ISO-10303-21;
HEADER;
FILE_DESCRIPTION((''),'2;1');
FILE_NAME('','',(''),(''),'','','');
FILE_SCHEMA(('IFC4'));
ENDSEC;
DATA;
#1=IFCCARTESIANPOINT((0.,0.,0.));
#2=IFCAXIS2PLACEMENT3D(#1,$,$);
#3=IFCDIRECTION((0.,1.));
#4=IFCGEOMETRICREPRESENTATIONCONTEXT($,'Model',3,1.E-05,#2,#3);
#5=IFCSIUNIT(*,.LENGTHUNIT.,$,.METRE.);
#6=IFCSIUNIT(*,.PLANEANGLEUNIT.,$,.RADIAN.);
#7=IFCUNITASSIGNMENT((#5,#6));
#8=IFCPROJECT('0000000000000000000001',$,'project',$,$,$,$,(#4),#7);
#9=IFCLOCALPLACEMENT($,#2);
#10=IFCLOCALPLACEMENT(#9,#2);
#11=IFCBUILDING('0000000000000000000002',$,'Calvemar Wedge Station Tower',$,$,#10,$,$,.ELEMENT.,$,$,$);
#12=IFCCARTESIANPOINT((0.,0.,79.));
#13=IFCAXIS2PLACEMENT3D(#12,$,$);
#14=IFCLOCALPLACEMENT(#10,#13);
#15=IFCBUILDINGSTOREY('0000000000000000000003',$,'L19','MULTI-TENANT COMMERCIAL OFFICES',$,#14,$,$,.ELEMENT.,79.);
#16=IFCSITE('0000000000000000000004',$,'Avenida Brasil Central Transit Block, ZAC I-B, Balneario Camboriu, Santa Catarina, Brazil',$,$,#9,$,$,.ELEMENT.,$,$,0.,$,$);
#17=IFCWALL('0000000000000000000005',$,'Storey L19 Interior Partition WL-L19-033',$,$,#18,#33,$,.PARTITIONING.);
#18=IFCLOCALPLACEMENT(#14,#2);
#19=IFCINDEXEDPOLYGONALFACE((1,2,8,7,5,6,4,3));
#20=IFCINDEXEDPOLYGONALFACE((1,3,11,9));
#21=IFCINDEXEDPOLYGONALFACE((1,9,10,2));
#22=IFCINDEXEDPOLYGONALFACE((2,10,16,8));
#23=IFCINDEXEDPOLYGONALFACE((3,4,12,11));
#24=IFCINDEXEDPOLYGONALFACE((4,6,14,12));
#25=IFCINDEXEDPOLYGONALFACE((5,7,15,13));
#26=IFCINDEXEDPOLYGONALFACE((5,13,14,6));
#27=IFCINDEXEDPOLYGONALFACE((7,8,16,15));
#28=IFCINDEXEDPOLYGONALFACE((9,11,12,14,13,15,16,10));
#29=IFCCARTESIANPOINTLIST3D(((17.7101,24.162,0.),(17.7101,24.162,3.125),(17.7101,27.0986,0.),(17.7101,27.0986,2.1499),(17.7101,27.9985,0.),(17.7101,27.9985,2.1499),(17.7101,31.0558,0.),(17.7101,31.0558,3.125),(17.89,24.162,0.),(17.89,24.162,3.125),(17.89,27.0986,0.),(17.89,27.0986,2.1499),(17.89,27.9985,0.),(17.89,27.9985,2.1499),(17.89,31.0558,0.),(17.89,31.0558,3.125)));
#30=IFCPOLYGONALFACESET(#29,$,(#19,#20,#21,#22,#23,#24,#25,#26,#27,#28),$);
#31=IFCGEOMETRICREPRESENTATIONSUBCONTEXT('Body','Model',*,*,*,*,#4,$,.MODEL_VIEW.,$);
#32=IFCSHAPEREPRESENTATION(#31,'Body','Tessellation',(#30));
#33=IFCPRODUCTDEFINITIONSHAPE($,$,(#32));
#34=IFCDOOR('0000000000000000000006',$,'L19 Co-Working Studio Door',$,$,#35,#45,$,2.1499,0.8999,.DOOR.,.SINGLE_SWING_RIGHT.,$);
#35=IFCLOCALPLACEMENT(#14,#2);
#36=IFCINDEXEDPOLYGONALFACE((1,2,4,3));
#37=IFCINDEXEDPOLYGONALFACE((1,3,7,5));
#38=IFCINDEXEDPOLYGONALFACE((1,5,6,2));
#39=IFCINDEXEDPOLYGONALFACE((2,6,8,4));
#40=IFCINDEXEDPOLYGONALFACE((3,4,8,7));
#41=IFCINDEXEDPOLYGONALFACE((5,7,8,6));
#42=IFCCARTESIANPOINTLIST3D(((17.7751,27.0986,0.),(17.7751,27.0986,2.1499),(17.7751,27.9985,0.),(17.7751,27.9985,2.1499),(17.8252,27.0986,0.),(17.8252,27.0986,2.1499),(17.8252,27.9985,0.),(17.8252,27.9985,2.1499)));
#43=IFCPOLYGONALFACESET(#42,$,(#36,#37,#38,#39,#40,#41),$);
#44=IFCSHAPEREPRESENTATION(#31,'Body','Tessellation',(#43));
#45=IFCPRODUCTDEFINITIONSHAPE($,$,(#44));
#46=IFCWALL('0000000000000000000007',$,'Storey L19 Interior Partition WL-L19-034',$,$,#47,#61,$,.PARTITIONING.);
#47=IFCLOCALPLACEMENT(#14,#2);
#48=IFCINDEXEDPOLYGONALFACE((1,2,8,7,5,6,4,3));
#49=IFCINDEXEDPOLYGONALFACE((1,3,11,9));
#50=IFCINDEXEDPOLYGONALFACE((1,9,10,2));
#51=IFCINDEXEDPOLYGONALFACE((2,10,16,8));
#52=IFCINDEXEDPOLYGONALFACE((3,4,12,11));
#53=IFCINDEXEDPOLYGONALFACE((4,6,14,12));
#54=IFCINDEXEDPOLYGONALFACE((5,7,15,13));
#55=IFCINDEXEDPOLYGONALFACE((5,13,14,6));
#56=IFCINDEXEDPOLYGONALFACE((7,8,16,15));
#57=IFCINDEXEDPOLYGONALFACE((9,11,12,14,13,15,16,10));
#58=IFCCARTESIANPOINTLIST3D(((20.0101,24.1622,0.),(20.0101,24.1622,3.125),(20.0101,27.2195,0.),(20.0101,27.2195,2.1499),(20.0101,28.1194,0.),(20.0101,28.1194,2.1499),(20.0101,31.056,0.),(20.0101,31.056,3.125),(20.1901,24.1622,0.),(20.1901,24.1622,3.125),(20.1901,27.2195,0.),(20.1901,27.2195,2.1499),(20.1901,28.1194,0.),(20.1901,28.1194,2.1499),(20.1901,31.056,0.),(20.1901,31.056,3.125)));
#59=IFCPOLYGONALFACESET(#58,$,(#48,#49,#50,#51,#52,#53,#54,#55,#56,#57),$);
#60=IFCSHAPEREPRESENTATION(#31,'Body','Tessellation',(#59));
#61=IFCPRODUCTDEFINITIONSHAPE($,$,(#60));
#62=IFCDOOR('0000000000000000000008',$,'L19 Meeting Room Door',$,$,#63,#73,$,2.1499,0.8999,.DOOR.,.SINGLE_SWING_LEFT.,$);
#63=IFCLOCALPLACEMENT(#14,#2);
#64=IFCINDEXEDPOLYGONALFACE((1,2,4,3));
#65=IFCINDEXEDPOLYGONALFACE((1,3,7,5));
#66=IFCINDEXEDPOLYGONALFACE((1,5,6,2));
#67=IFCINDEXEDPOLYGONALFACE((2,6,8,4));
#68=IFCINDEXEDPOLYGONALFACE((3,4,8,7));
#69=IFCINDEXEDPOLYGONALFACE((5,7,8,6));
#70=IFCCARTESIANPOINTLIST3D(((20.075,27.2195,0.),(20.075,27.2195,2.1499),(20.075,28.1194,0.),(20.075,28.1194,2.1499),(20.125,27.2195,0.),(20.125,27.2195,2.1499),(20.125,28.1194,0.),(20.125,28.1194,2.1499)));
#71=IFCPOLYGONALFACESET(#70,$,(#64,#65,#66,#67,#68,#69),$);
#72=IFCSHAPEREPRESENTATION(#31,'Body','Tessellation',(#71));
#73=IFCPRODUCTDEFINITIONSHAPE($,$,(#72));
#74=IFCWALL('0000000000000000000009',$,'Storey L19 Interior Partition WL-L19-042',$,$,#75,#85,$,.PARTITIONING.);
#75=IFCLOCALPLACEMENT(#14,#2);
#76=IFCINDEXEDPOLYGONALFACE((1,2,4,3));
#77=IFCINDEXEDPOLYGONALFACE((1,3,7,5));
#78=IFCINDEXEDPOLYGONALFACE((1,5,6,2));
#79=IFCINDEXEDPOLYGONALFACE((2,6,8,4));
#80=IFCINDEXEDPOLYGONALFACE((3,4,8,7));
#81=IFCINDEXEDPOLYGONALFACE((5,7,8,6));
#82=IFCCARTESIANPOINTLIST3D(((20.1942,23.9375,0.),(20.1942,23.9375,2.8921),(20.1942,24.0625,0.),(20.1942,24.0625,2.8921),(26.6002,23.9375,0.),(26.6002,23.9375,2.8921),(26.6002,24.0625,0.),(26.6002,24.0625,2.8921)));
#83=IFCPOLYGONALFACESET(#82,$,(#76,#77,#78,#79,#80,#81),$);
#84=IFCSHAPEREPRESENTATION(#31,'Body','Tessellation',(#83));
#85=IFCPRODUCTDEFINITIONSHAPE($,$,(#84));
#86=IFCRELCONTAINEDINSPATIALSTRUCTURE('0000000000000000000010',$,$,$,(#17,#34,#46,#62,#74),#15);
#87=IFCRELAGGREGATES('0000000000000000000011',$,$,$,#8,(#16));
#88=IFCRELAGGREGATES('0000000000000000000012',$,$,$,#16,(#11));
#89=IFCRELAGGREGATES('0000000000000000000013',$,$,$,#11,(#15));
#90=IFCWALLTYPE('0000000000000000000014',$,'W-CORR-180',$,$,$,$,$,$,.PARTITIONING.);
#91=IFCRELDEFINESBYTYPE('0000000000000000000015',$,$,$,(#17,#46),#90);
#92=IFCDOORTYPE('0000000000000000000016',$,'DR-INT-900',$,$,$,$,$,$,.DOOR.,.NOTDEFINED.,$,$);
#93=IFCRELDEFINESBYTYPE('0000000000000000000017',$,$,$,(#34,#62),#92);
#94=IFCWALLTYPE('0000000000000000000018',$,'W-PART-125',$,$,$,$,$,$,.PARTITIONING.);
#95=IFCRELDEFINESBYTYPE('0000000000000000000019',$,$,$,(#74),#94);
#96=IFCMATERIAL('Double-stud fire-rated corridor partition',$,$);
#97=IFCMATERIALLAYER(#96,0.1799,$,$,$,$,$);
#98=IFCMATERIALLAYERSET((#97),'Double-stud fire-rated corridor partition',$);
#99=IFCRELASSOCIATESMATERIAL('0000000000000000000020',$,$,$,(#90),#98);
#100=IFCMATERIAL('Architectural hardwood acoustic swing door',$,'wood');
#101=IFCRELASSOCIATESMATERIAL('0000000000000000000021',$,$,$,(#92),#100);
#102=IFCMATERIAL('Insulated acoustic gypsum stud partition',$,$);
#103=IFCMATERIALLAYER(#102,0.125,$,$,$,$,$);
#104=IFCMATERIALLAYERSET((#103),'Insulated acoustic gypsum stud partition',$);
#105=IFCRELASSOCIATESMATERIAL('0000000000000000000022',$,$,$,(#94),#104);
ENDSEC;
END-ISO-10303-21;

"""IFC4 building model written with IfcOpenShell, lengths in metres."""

from ifc_helpers import new_model, si_unit, direction, frame, frame_2d, origin, place, context, subcontext, project, spatial, rectangle, extrude, source, transform, mapped, material, layer, layer_set, type_object, element, fill, save


model = new_model("IFC4")

# Units and contexts
model_context = context("Model", 3, precision=1e-05, world=origin(), true_north=direction((0.0, 1.0)))
body_context = subcontext(model_context, "Body", "Model", "MODEL_VIEW")
ifc_project = project(units=[si_unit("LENGTHUNIT", "METRE"), si_unit("PLANEANGLEUNIT", "RADIAN")], contexts=[model_context])

# Site, building, storey
site_placement = place(None, origin())
site = spatial("IfcSite", under=ifc_project, at=site_placement, Name="Avenida Brasil Central Transit Block, ZAC I-B, Balneario Camboriu, Santa Catarina, Brazil", CompositionType="ELEMENT", RefElevation=0.0)
building_placement = place(site_placement, origin())
building = spatial("IfcBuilding", under=site, at=building_placement, Name="Calvemar Wedge Station Tower", CompositionType="ELEMENT")
storey_placement = place(building_placement, frame((0.0, 0.0, 79.0)))
storey = spatial("IfcBuildingStorey", under=building, at=storey_placement, Name="L19", Description="MULTI-TENANT COMMERCIAL OFFICES", CompositionType="ELEMENT", Elevation=79.0)

# Shared definitions
ifc_material_1 = material(Name="Double-stud fire-rated corridor partition")
ifc_layer_1 = layer(ifc_material_1, 0.1799)
ifc_layer_set_1 = layer_set([ifc_layer_1], Name="Double-stud fire-rated corridor partition")
wall_type_1 = type_object("IfcWallType", Name="W-CORR-180", PredefinedType="PARTITIONING", material=ifc_layer_set_1)

# Walls, openings, doors
shared_shape_1 = source(origin(), body_context, "Body", "SweptSolid", [
    extrude(rectangle(XDim=0.8999, YDim=2.1499, at=frame_2d((0.45, 1.075))), frame((0.0, 0.1001, 0.0), z_axis=(0.0, -1.0, 0.0), x_axis=(1.0, 0.0, 0.0)), (0.0, 0.0, 1.0), 0.2),
])
ifc_material_2 = material(Name="Architectural hardwood acoustic swing door", Category="wood")
door_type = type_object("IfcDoorType", Name="DR-INT-900", OperationType="NOTDEFINED", PredefinedType="DOOR", material=ifc_material_2)
shared_shape_2 = source(origin(), body_context, "Body", "SweptSolid", [
    extrude(rectangle(XDim=0.8999, YDim=2.1499, at=frame_2d((0.45, 1.075))), frame((0.0, 0.0249, 0.0), z_axis=(0.0, -1.0, 0.0), x_axis=(1.0, 0.0, 0.0)), (0.0, 0.0, 1.0), 0.05),
])
wall_1_placement = place(storey_placement, frame((17.8, 24.1621, 0.0), z_axis=(0.0, 0.0, 1.0), x_axis=(0.0, 1.0, 0.0)))
wall_1 = element("IfcWall", 1, at=wall_1_placement, inside=storey, type_object=wall_type_1, Name="Storey L19 Interior Partition WL-L19-033", PredefinedType="PARTITIONING", context=body_context, shape_type="SweptSolid", body=[
    extrude(rectangle(XDim=6.8938, YDim=0.1799, at=frame_2d((3.4468, 0.0))), origin(), (0.0, 0.0, 1.0), 3.125),
])
opening_1_placement = place(wall_1_placement, frame((2.9365, 0.0, 0.0)))
opening_1 = element("IfcOpeningElement", 2, at=opening_1_placement, cuts=wall_1, PredefinedType="OPENING", context=body_context, shape_type="MappedRepresentation", body=[
    mapped(shared_shape_1, transform((0.0, 0.0, 0.0), scale=1.0)),
])
door_1_placement = place(opening_1_placement, origin())
door_1 = element("IfcDoor", 3, at=door_1_placement, inside=storey, type_object=door_type, Name="L19 Co-Working Studio Door", OperationType="SINGLE_SWING_RIGHT", OverallHeight=2.1499, OverallWidth=0.8999, PredefinedType="DOOR", context=body_context, shape_type="MappedRepresentation", body=[
    mapped(shared_shape_2, transform((0.0, 0.0, 0.0), scale=1.0)),
])
fill(opening_1, door_1)
wall_2_placement = place(storey_placement, frame((20.1001, 31.0559, 0.0), z_axis=(0.0, 0.0, 1.0), x_axis=(0.0, -1.0, 0.0)))
wall_2 = element("IfcWall", 4, at=wall_2_placement, inside=storey, type_object=wall_type_1, Name="Storey L19 Interior Partition WL-L19-034", PredefinedType="PARTITIONING", context=body_context, shape_type="SweptSolid", body=[
    extrude(rectangle(XDim=6.8938, YDim=0.1799, at=frame_2d((3.4468, 0.0))), origin(), (0.0, 0.0, 1.0), 3.125),
])
opening_2_placement = place(wall_2_placement, frame((2.9365, 0.0, 0.0)))
opening_2 = element("IfcOpeningElement", 5, at=opening_2_placement, cuts=wall_2, PredefinedType="OPENING", context=body_context, shape_type="MappedRepresentation", body=[
    mapped(shared_shape_1, transform((0.0, 0.0, 0.0), scale=1.0)),
])
door_2_placement = place(opening_2_placement, origin())
door_2 = element("IfcDoor", 6, at=door_2_placement, inside=storey, type_object=door_type, Name="L19 Meeting Room Door", OperationType="SINGLE_SWING_LEFT", OverallHeight=2.1499, OverallWidth=0.8999, PredefinedType="DOOR", context=body_context, shape_type="MappedRepresentation", body=[
    mapped(shared_shape_2, transform((0.0, 0.0, 0.0), scale=1.0)),
])
fill(opening_2, door_2)

# Wall
ifc_material_3 = material(Name="Insulated acoustic gypsum stud partition")
ifc_layer_2 = layer(ifc_material_3, 0.125)
ifc_layer_set_2 = layer_set([ifc_layer_2], Name="Insulated acoustic gypsum stud partition")
wall_type_2 = type_object("IfcWallType", Name="W-PART-125", PredefinedType="PARTITIONING", material=ifc_layer_set_2)
wall_3_placement = place(storey_placement, frame((20.1941, 24.0, 0.0), z_axis=(0.0, 0.0, 1.0), x_axis=(1.0, 0.0, 0.0)))
element("IfcWall", 7, at=wall_3_placement, inside=storey, type_object=wall_type_2, Name="Storey L19 Interior Partition WL-L19-042", PredefinedType="PARTITIONING", context=body_context, shape_type="SweptSolid", body=[
    extrude(rectangle(XDim=6.406, YDim=0.125, at=frame_2d((3.2031, 0.0))), origin(), (0.0, 0.0, 1.0), 2.8921),
])

save(model, "model.ifc")
